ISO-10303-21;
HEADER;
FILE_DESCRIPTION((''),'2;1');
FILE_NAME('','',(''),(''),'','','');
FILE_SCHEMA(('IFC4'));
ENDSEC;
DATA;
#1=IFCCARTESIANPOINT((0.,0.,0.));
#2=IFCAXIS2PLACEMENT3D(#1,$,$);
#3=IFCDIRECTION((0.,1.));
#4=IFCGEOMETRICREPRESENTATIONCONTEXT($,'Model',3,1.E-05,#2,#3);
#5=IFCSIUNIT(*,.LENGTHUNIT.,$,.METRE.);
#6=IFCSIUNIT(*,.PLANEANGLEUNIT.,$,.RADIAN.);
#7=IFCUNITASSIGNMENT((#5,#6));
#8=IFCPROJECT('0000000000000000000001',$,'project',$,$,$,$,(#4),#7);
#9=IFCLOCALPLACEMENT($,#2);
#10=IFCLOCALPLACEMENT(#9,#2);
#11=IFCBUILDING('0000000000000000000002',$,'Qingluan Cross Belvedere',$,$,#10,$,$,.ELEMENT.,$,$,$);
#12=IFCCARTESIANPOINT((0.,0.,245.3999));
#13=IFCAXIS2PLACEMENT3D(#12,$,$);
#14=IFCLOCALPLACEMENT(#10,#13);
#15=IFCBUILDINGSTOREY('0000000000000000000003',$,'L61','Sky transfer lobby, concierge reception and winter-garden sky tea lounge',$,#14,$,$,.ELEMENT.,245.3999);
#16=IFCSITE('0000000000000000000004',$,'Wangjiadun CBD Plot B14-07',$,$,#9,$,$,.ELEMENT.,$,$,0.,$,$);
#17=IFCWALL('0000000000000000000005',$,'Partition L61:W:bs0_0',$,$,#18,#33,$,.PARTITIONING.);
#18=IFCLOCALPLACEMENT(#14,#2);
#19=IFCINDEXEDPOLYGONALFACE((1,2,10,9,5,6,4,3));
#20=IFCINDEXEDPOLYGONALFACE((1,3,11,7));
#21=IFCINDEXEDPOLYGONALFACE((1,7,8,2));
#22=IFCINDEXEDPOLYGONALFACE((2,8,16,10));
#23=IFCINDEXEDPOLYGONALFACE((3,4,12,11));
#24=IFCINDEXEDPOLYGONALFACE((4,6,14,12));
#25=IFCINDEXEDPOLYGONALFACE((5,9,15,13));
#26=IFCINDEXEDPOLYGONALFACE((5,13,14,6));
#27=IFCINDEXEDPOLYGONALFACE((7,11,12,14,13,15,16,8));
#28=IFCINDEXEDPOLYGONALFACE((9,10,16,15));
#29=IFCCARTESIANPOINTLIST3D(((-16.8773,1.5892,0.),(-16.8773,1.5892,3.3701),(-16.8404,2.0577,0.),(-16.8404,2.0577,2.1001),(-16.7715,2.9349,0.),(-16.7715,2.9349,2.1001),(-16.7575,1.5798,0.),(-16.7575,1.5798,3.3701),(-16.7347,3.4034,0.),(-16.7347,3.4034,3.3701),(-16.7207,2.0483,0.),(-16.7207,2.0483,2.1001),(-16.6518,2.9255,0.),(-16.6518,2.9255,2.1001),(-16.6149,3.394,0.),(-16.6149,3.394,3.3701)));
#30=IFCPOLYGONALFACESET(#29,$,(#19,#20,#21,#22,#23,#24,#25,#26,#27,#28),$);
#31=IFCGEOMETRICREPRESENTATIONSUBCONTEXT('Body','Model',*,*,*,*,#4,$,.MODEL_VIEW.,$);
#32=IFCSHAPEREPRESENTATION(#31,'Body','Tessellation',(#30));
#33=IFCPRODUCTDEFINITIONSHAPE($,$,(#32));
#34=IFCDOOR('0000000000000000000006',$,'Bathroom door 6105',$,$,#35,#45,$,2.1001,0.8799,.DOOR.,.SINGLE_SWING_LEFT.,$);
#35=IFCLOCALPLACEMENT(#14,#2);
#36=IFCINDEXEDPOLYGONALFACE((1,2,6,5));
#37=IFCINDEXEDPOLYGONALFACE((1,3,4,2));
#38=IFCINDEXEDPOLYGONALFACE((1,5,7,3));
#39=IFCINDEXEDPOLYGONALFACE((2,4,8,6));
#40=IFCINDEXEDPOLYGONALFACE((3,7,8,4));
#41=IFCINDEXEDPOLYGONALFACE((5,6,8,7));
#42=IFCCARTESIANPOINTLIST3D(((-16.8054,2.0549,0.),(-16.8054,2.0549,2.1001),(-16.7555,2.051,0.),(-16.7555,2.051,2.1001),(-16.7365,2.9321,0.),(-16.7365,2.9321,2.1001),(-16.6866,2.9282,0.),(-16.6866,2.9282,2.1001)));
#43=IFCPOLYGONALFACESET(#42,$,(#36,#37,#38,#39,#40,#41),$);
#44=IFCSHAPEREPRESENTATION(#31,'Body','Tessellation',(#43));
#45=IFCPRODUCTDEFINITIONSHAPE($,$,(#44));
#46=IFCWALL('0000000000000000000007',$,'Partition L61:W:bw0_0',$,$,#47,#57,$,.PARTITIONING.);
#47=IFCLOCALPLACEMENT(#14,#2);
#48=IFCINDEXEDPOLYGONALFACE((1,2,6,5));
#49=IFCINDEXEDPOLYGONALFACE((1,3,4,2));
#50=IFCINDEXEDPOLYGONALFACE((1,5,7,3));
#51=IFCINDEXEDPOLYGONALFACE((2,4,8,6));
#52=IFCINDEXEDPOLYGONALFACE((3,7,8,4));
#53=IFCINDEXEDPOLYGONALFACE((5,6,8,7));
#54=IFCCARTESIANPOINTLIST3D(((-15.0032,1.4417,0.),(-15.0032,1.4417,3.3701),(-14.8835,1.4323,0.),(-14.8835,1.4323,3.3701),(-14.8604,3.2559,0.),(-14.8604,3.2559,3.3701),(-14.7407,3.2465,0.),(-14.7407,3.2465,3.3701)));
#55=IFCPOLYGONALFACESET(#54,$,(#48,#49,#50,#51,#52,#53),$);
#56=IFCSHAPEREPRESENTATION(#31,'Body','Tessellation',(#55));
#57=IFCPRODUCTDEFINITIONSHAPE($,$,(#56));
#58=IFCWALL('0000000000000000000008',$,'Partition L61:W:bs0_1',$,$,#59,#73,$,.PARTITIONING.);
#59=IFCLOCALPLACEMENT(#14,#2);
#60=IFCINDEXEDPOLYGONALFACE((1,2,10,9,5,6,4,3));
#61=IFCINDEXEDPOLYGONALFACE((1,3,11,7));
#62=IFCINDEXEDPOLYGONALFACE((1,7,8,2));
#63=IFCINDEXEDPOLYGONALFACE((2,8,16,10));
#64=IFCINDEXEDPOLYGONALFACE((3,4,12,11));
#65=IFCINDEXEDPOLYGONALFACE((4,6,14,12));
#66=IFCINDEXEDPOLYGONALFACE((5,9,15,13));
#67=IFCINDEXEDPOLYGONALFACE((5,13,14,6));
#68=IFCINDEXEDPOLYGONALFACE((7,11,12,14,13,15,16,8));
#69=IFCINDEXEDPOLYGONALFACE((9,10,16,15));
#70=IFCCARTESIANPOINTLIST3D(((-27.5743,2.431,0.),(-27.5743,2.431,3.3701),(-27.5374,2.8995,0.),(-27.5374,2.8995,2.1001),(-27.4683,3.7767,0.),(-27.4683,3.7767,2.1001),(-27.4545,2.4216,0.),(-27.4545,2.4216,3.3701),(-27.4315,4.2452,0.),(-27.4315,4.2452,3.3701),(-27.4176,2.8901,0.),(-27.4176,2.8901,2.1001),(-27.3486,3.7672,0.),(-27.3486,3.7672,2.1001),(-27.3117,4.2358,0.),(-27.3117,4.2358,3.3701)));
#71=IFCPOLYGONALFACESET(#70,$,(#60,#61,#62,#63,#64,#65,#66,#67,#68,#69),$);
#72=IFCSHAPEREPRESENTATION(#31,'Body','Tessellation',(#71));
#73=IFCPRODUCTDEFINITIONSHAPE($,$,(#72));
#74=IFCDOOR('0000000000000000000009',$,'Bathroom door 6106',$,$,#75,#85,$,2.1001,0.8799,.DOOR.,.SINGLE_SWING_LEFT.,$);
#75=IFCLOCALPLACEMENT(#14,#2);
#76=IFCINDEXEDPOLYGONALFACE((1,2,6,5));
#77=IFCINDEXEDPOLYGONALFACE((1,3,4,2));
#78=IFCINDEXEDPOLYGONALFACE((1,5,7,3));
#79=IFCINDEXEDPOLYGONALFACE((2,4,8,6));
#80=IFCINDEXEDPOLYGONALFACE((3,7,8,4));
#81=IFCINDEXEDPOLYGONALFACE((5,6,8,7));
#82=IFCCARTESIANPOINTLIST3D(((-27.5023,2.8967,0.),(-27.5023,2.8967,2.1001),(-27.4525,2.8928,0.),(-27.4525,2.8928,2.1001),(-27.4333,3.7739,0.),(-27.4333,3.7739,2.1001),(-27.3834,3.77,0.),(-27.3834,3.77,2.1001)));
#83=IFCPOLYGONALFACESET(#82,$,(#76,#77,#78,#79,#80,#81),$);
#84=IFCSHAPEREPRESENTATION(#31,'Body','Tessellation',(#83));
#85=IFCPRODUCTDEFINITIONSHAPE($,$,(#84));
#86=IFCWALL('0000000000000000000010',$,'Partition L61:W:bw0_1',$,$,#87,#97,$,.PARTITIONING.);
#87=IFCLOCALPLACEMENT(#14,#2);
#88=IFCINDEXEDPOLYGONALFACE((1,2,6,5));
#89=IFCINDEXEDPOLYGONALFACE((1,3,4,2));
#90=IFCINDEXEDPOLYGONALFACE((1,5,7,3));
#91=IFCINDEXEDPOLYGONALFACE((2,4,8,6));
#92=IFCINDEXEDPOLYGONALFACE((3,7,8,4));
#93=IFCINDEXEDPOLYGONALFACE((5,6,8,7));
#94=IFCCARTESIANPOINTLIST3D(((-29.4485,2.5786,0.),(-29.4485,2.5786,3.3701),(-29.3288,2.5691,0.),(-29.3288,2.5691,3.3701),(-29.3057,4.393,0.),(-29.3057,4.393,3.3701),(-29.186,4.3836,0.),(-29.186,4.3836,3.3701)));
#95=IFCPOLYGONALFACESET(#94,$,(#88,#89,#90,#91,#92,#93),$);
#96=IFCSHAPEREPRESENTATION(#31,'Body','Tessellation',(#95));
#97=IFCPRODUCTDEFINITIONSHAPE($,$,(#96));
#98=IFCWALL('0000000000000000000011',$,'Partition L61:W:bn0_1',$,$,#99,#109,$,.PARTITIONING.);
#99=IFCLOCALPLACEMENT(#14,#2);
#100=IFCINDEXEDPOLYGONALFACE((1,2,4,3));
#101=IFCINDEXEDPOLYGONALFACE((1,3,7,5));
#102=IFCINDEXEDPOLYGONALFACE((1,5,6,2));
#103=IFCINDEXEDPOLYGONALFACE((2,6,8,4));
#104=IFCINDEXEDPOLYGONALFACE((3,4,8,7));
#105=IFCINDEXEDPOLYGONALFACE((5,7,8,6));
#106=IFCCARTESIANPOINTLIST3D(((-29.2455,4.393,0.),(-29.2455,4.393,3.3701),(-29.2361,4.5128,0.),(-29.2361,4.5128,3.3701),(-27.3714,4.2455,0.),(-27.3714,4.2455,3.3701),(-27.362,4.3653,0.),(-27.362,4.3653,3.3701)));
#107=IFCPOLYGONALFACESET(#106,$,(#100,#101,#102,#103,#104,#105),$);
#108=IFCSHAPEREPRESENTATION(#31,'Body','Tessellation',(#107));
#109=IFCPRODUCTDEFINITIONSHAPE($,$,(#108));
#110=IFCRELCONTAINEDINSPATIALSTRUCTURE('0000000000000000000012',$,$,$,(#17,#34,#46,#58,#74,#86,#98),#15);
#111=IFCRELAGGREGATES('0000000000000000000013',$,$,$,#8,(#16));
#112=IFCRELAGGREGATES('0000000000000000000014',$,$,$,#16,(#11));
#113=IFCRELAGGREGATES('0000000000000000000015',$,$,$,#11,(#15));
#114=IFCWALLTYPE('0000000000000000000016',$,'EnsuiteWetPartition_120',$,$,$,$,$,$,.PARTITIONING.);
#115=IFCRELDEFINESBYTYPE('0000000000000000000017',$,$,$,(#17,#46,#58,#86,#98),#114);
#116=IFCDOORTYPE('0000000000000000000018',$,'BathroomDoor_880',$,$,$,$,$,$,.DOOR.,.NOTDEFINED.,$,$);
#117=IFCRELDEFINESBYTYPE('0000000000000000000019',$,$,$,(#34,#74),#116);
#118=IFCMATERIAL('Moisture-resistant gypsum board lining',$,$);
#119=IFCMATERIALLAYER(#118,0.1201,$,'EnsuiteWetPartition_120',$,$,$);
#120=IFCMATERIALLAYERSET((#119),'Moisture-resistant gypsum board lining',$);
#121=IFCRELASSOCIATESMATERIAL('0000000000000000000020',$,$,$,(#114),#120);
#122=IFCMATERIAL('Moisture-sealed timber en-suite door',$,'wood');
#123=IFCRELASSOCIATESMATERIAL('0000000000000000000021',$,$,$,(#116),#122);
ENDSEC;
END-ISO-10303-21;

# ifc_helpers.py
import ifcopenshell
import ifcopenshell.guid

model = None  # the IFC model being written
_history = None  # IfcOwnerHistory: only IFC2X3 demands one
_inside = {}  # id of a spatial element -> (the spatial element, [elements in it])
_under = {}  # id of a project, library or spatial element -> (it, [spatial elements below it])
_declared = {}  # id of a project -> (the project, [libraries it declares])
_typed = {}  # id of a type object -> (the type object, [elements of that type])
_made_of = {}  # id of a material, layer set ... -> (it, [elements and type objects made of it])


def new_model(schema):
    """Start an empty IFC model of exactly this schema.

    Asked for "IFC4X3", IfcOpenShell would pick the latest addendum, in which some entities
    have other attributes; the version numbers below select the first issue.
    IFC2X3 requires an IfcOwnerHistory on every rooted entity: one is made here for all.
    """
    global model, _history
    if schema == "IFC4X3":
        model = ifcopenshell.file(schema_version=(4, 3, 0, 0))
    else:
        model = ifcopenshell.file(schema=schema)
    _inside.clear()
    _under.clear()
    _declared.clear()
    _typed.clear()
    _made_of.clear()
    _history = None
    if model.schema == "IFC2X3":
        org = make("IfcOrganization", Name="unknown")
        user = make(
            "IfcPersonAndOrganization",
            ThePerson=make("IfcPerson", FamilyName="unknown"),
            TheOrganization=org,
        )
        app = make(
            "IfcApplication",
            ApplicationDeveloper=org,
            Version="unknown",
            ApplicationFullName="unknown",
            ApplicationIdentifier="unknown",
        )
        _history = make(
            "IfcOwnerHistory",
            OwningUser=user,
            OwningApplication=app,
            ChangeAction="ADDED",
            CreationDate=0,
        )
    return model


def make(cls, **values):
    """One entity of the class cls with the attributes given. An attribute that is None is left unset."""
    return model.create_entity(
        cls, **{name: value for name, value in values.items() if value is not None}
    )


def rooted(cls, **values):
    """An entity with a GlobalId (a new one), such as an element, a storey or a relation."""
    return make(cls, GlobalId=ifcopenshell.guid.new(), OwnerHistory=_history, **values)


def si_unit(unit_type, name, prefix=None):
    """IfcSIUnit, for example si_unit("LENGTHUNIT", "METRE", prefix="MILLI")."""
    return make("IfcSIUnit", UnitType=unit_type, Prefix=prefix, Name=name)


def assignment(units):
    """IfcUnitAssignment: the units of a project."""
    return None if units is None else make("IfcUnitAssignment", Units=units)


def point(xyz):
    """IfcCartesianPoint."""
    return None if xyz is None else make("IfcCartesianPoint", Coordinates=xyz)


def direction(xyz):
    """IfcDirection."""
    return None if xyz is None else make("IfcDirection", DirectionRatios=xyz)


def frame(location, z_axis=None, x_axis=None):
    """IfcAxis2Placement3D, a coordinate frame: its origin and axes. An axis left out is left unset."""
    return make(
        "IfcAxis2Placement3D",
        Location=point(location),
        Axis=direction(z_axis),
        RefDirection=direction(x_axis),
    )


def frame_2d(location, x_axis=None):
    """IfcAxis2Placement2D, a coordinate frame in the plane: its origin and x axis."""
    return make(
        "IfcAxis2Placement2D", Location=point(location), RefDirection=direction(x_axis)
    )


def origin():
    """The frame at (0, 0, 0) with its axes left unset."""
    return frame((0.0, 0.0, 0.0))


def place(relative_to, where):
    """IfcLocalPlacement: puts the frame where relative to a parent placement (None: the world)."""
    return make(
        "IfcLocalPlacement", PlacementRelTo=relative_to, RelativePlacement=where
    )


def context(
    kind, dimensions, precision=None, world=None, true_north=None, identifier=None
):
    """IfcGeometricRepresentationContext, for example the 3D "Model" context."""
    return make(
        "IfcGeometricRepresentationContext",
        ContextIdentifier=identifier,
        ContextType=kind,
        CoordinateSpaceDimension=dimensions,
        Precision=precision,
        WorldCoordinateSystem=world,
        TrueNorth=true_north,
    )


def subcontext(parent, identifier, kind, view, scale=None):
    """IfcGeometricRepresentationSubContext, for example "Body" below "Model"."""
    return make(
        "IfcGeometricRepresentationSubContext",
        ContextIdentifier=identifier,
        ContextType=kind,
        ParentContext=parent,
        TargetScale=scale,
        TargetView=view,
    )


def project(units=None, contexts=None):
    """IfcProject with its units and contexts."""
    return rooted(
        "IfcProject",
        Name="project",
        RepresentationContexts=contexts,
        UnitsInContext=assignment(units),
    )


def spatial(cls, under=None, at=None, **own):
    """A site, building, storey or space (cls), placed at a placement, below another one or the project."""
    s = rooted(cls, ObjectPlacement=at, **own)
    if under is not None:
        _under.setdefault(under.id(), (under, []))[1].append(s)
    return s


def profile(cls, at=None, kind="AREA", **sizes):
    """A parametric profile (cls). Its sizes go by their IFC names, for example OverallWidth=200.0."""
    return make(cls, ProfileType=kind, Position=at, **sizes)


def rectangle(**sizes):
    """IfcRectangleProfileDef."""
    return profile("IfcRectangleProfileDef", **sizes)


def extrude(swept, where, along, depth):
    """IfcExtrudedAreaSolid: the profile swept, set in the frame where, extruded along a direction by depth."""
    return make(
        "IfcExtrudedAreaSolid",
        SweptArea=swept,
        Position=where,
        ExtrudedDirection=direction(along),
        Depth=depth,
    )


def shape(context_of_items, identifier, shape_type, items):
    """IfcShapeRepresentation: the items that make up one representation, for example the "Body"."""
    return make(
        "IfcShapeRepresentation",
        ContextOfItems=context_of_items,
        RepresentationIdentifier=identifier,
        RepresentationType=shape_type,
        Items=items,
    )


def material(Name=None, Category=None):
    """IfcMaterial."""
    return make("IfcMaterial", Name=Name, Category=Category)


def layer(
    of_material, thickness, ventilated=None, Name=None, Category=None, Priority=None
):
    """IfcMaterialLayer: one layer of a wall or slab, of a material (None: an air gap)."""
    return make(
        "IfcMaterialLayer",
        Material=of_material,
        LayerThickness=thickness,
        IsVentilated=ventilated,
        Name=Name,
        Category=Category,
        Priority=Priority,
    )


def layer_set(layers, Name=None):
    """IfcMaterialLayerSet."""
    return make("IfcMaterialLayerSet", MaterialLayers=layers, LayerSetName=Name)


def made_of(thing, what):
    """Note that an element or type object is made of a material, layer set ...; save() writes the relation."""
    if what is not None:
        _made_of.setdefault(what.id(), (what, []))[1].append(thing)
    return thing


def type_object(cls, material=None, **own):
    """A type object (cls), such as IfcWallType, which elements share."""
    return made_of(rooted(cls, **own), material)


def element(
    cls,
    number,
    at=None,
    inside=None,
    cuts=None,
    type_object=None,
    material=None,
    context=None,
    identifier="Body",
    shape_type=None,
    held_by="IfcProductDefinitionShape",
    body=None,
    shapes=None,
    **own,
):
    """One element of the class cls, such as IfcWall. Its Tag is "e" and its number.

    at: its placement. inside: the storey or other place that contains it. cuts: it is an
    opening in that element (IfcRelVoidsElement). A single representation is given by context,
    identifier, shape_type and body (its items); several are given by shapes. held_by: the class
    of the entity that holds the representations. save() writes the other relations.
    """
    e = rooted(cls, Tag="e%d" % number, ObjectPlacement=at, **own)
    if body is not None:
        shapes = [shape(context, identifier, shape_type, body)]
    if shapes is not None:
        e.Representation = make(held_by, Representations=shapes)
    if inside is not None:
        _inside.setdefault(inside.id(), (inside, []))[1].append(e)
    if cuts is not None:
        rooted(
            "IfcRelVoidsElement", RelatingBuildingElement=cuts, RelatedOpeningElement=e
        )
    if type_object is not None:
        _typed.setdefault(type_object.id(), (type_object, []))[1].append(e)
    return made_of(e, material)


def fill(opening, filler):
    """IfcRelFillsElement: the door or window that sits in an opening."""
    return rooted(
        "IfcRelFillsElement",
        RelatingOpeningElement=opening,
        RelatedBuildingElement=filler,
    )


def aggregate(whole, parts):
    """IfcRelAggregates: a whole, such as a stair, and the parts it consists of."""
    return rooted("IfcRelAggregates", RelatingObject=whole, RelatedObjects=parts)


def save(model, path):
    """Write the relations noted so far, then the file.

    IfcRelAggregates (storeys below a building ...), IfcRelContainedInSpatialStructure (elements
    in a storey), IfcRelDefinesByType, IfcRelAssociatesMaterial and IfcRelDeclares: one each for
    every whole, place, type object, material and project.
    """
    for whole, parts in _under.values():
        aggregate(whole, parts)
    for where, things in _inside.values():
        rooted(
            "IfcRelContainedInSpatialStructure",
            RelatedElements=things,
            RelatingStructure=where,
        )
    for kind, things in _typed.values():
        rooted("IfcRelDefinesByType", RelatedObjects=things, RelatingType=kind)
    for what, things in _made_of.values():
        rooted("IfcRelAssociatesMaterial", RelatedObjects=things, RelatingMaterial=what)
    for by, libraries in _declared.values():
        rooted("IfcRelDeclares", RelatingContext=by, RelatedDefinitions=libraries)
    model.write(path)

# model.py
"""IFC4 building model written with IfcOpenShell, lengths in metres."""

from ifc_helpers import new_model, si_unit, direction, frame, frame_2d, origin, place, context, subcontext, project, spatial, rectangle, extrude, material, layer, layer_set, type_object, element, fill, save


model = new_model("IFC4")

# Units and contexts
model_context = context("Model", 3, precision=1e-05, world=origin(), true_north=direction((0.0, 1.0)))
body_context = subcontext(model_context, "Body", "Model", "MODEL_VIEW")
ifc_project = project(units=[si_unit("LENGTHUNIT", "METRE"), si_unit("PLANEANGLEUNIT", "RADIAN")], contexts=[model_context])

# Site, building, storey
site_placement = place(None, origin())
site = spatial("IfcSite", under=ifc_project, at=site_placement, Name="Wangjiadun CBD Plot B14-07", CompositionType="ELEMENT", RefElevation=0.0)
building_placement = place(site_placement, origin())
building = spatial("IfcBuilding", under=site, at=building_placement, Name="Qingluan Cross Belvedere", CompositionType="ELEMENT")
storey_placement = place(building_placement, frame((0.0, 0.0, 245.3999)))
storey = spatial("IfcBuildingStorey", under=building, at=storey_placement, Name="L61", Description="Sky transfer lobby, concierge reception and winter-garden sky tea lounge", CompositionType="ELEMENT", Elevation=245.3999)

# Wall, opening, door
ifc_material_1 = material(Name="Moisture-resistant gypsum board lining")
ifc_layer_1 = layer(ifc_material_1, 0.1201, Name="EnsuiteWetPartition_120")
ifc_layer_set_1 = layer_set([ifc_layer_1], Name="Moisture-resistant gypsum board lining")
wall_type_1 = type_object("IfcWallType", Name="EnsuiteWetPartition_120", PredefinedType="PARTITIONING", material=ifc_layer_set_1)
wall_1_placement = place(storey_placement, frame((-16.8174, 1.5845, 0.0), z_axis=(0.0, 0.0, 1.0), x_axis=(0.078348, 0.996926, 0.0)))
wall_1 = element("IfcWall", 1, at=wall_1_placement, inside=storey, type_object=wall_type_1, Name="Partition L61:W:bs0_0", PredefinedType="PARTITIONING", context=body_context, shape_type="SweptSolid", body=[
    extrude(rectangle(XDim=1.8198, YDim=0.1201, at=frame_2d((0.9099, 0.0))), origin(), (0.0, 0.0, 1.0), 3.3701),
])
opening_1_placement = place(wall_1_placement, frame((0.47, 0.0, 0.0)))
opening_1 = element("IfcOpeningElement", 2, at=opening_1_placement, cuts=wall_1, PredefinedType="OPENING", context=body_context, shape_type="SweptSolid", body=[
    extrude(rectangle(XDim=0.8799, YDim=2.1001, at=frame_2d((0.4399, 1.05))), frame((0.0, 0.0701, 0.0), z_axis=(0.0, -1.0, 0.0), x_axis=(1.0, 0.0, 0.0)), (0.0, 0.0, 1.0), 0.1401),
])
ifc_material_2 = material(Name="Moisture-sealed timber en-suite door", Category="wood")
door_type_1 = type_object("IfcDoorType", Name="BathroomDoor_880", OperationType="NOTDEFINED", PredefinedType="DOOR", material=ifc_material_2)
door_1_placement = place(opening_1_placement, origin())
door_1 = element("IfcDoor", 3, at=door_1_placement, inside=storey, type_object=door_type_1, Name="Bathroom door 6105", OperationType="SINGLE_SWING_LEFT", OverallHeight=2.1001, OverallWidth=0.8799, PredefinedType="DOOR", context=body_context, shape_type="SweptSolid", body=[
    extrude(rectangle(XDim=0.8799, YDim=2.1001, at=frame_2d((0.4399, 1.05))), frame((0.0, 0.0249, 0.0), z_axis=(0.0, -1.0, 0.0), x_axis=(1.0, 0.0, 0.0)), (0.0, 0.0, 1.0), 0.05),
])
fill(opening_1, door_1)

# Wall
wall_2_placement = place(storey_placement, frame((-14.9434, 1.437, 0.0), z_axis=(0.0, 0.0, 1.0), x_axis=(0.078481, 0.996916, 0.0)))
element("IfcWall", 4, at=wall_2_placement, inside=storey, type_object=wall_type_1, Name="Partition L61:W:bw0_0", PredefinedType="PARTITIONING", context=body_context, shape_type="SweptSolid", body=[
    extrude(rectangle(XDim=1.8198, YDim=0.1201, at=frame_2d((0.9099, 0.0))), origin(), (0.0, 0.0, 1.0), 3.3701),
])

# Wall, opening, door
wall_3_placement = place(storey_placement, frame((-27.5144, 2.4263, 0.0), z_axis=(0.0, 0.0, 1.0), x_axis=(0.078481, 0.996916, 0.0)))
wall_3 = element("IfcWall", 5, at=wall_3_placement, inside=storey, type_object=wall_type_1, Name="Partition L61:W:bs0_1", PredefinedType="PARTITIONING", context=body_context, shape_type="SweptSolid", body=[
    extrude(rectangle(XDim=1.8198, YDim=0.1201, at=frame_2d((0.9099, 0.0))), origin(), (0.0, 0.0, 1.0), 3.3701),
])
opening_2_placement = place(wall_3_placement, frame((0.47, 0.0, 0.0)))
opening_2 = element("IfcOpeningElement", 6, at=opening_2_placement, cuts=wall_3, PredefinedType="OPENING", context=body_context, shape_type="SweptSolid", body=[
    extrude(rectangle(XDim=0.8799, YDim=2.1001, at=frame_2d((0.4399, 1.05))), frame((0.0, 0.0701, 0.0), z_axis=(0.0, -1.0, 0.0), x_axis=(1.0, 0.0, 0.0)), (0.0, 0.0, 1.0), 0.1401),
])
door_2_placement = place(opening_2_placement, origin())
door_2 = element("IfcDoor", 7, at=door_2_placement, inside=storey, type_object=door_type_1, Name="Bathroom door 6106", OperationType="SINGLE_SWING_LEFT", OverallHeight=2.1001, OverallWidth=0.8799, PredefinedType="DOOR", context=body_context, shape_type="SweptSolid", body=[
    extrude(rectangle(XDim=0.8799, YDim=2.1001, at=frame_2d((0.4399, 1.05))), frame((0.0, 0.0249, 0.0), z_axis=(0.0, -1.0, 0.0), x_axis=(1.0, 0.0, 0.0)), (0.0, 0.0, 1.0), 0.05),
])
fill(opening_2, door_2)

# Walls
wall_4_placement = place(storey_placement, frame((-29.3887, 2.5737, 0.0), z_axis=(0.0, 0.0, 1.0), x_axis=(0.078471, 0.996916, 0.0)))
element("IfcWall", 8, at=wall_4_placement, inside=storey, type_object=wall_type_1, Name="Partition L61:W:bw0_1", PredefinedType="PARTITIONING", context=body_context, shape_type="SweptSolid", body=[
    extrude(rectangle(XDim=1.8201, YDim=0.1201, at=frame_2d((0.9102, 0.0))), origin(), (0.0, 0.0, 1.0), 3.3701),
])
wall_5_placement = place(storey_placement, frame((-27.3667, 4.3054, 0.0), z_axis=(0.0, 0.0, 1.0), x_axis=(-0.996918, 0.078444, 0.0)))
element("IfcWall", 9, at=wall_5_placement, inside=storey, type_object=wall_type_1, Name="Partition L61:W:bn0_1", PredefinedType="PARTITIONING", context=body_context, shape_type="SweptSolid", body=[
    extrude(rectangle(XDim=1.8799, YDim=0.1201, at=frame_2d((0.9399, 0.0))), origin(), (0.0, 0.0, 1.0), 3.3701),
])

save(model, "model.ifc")
